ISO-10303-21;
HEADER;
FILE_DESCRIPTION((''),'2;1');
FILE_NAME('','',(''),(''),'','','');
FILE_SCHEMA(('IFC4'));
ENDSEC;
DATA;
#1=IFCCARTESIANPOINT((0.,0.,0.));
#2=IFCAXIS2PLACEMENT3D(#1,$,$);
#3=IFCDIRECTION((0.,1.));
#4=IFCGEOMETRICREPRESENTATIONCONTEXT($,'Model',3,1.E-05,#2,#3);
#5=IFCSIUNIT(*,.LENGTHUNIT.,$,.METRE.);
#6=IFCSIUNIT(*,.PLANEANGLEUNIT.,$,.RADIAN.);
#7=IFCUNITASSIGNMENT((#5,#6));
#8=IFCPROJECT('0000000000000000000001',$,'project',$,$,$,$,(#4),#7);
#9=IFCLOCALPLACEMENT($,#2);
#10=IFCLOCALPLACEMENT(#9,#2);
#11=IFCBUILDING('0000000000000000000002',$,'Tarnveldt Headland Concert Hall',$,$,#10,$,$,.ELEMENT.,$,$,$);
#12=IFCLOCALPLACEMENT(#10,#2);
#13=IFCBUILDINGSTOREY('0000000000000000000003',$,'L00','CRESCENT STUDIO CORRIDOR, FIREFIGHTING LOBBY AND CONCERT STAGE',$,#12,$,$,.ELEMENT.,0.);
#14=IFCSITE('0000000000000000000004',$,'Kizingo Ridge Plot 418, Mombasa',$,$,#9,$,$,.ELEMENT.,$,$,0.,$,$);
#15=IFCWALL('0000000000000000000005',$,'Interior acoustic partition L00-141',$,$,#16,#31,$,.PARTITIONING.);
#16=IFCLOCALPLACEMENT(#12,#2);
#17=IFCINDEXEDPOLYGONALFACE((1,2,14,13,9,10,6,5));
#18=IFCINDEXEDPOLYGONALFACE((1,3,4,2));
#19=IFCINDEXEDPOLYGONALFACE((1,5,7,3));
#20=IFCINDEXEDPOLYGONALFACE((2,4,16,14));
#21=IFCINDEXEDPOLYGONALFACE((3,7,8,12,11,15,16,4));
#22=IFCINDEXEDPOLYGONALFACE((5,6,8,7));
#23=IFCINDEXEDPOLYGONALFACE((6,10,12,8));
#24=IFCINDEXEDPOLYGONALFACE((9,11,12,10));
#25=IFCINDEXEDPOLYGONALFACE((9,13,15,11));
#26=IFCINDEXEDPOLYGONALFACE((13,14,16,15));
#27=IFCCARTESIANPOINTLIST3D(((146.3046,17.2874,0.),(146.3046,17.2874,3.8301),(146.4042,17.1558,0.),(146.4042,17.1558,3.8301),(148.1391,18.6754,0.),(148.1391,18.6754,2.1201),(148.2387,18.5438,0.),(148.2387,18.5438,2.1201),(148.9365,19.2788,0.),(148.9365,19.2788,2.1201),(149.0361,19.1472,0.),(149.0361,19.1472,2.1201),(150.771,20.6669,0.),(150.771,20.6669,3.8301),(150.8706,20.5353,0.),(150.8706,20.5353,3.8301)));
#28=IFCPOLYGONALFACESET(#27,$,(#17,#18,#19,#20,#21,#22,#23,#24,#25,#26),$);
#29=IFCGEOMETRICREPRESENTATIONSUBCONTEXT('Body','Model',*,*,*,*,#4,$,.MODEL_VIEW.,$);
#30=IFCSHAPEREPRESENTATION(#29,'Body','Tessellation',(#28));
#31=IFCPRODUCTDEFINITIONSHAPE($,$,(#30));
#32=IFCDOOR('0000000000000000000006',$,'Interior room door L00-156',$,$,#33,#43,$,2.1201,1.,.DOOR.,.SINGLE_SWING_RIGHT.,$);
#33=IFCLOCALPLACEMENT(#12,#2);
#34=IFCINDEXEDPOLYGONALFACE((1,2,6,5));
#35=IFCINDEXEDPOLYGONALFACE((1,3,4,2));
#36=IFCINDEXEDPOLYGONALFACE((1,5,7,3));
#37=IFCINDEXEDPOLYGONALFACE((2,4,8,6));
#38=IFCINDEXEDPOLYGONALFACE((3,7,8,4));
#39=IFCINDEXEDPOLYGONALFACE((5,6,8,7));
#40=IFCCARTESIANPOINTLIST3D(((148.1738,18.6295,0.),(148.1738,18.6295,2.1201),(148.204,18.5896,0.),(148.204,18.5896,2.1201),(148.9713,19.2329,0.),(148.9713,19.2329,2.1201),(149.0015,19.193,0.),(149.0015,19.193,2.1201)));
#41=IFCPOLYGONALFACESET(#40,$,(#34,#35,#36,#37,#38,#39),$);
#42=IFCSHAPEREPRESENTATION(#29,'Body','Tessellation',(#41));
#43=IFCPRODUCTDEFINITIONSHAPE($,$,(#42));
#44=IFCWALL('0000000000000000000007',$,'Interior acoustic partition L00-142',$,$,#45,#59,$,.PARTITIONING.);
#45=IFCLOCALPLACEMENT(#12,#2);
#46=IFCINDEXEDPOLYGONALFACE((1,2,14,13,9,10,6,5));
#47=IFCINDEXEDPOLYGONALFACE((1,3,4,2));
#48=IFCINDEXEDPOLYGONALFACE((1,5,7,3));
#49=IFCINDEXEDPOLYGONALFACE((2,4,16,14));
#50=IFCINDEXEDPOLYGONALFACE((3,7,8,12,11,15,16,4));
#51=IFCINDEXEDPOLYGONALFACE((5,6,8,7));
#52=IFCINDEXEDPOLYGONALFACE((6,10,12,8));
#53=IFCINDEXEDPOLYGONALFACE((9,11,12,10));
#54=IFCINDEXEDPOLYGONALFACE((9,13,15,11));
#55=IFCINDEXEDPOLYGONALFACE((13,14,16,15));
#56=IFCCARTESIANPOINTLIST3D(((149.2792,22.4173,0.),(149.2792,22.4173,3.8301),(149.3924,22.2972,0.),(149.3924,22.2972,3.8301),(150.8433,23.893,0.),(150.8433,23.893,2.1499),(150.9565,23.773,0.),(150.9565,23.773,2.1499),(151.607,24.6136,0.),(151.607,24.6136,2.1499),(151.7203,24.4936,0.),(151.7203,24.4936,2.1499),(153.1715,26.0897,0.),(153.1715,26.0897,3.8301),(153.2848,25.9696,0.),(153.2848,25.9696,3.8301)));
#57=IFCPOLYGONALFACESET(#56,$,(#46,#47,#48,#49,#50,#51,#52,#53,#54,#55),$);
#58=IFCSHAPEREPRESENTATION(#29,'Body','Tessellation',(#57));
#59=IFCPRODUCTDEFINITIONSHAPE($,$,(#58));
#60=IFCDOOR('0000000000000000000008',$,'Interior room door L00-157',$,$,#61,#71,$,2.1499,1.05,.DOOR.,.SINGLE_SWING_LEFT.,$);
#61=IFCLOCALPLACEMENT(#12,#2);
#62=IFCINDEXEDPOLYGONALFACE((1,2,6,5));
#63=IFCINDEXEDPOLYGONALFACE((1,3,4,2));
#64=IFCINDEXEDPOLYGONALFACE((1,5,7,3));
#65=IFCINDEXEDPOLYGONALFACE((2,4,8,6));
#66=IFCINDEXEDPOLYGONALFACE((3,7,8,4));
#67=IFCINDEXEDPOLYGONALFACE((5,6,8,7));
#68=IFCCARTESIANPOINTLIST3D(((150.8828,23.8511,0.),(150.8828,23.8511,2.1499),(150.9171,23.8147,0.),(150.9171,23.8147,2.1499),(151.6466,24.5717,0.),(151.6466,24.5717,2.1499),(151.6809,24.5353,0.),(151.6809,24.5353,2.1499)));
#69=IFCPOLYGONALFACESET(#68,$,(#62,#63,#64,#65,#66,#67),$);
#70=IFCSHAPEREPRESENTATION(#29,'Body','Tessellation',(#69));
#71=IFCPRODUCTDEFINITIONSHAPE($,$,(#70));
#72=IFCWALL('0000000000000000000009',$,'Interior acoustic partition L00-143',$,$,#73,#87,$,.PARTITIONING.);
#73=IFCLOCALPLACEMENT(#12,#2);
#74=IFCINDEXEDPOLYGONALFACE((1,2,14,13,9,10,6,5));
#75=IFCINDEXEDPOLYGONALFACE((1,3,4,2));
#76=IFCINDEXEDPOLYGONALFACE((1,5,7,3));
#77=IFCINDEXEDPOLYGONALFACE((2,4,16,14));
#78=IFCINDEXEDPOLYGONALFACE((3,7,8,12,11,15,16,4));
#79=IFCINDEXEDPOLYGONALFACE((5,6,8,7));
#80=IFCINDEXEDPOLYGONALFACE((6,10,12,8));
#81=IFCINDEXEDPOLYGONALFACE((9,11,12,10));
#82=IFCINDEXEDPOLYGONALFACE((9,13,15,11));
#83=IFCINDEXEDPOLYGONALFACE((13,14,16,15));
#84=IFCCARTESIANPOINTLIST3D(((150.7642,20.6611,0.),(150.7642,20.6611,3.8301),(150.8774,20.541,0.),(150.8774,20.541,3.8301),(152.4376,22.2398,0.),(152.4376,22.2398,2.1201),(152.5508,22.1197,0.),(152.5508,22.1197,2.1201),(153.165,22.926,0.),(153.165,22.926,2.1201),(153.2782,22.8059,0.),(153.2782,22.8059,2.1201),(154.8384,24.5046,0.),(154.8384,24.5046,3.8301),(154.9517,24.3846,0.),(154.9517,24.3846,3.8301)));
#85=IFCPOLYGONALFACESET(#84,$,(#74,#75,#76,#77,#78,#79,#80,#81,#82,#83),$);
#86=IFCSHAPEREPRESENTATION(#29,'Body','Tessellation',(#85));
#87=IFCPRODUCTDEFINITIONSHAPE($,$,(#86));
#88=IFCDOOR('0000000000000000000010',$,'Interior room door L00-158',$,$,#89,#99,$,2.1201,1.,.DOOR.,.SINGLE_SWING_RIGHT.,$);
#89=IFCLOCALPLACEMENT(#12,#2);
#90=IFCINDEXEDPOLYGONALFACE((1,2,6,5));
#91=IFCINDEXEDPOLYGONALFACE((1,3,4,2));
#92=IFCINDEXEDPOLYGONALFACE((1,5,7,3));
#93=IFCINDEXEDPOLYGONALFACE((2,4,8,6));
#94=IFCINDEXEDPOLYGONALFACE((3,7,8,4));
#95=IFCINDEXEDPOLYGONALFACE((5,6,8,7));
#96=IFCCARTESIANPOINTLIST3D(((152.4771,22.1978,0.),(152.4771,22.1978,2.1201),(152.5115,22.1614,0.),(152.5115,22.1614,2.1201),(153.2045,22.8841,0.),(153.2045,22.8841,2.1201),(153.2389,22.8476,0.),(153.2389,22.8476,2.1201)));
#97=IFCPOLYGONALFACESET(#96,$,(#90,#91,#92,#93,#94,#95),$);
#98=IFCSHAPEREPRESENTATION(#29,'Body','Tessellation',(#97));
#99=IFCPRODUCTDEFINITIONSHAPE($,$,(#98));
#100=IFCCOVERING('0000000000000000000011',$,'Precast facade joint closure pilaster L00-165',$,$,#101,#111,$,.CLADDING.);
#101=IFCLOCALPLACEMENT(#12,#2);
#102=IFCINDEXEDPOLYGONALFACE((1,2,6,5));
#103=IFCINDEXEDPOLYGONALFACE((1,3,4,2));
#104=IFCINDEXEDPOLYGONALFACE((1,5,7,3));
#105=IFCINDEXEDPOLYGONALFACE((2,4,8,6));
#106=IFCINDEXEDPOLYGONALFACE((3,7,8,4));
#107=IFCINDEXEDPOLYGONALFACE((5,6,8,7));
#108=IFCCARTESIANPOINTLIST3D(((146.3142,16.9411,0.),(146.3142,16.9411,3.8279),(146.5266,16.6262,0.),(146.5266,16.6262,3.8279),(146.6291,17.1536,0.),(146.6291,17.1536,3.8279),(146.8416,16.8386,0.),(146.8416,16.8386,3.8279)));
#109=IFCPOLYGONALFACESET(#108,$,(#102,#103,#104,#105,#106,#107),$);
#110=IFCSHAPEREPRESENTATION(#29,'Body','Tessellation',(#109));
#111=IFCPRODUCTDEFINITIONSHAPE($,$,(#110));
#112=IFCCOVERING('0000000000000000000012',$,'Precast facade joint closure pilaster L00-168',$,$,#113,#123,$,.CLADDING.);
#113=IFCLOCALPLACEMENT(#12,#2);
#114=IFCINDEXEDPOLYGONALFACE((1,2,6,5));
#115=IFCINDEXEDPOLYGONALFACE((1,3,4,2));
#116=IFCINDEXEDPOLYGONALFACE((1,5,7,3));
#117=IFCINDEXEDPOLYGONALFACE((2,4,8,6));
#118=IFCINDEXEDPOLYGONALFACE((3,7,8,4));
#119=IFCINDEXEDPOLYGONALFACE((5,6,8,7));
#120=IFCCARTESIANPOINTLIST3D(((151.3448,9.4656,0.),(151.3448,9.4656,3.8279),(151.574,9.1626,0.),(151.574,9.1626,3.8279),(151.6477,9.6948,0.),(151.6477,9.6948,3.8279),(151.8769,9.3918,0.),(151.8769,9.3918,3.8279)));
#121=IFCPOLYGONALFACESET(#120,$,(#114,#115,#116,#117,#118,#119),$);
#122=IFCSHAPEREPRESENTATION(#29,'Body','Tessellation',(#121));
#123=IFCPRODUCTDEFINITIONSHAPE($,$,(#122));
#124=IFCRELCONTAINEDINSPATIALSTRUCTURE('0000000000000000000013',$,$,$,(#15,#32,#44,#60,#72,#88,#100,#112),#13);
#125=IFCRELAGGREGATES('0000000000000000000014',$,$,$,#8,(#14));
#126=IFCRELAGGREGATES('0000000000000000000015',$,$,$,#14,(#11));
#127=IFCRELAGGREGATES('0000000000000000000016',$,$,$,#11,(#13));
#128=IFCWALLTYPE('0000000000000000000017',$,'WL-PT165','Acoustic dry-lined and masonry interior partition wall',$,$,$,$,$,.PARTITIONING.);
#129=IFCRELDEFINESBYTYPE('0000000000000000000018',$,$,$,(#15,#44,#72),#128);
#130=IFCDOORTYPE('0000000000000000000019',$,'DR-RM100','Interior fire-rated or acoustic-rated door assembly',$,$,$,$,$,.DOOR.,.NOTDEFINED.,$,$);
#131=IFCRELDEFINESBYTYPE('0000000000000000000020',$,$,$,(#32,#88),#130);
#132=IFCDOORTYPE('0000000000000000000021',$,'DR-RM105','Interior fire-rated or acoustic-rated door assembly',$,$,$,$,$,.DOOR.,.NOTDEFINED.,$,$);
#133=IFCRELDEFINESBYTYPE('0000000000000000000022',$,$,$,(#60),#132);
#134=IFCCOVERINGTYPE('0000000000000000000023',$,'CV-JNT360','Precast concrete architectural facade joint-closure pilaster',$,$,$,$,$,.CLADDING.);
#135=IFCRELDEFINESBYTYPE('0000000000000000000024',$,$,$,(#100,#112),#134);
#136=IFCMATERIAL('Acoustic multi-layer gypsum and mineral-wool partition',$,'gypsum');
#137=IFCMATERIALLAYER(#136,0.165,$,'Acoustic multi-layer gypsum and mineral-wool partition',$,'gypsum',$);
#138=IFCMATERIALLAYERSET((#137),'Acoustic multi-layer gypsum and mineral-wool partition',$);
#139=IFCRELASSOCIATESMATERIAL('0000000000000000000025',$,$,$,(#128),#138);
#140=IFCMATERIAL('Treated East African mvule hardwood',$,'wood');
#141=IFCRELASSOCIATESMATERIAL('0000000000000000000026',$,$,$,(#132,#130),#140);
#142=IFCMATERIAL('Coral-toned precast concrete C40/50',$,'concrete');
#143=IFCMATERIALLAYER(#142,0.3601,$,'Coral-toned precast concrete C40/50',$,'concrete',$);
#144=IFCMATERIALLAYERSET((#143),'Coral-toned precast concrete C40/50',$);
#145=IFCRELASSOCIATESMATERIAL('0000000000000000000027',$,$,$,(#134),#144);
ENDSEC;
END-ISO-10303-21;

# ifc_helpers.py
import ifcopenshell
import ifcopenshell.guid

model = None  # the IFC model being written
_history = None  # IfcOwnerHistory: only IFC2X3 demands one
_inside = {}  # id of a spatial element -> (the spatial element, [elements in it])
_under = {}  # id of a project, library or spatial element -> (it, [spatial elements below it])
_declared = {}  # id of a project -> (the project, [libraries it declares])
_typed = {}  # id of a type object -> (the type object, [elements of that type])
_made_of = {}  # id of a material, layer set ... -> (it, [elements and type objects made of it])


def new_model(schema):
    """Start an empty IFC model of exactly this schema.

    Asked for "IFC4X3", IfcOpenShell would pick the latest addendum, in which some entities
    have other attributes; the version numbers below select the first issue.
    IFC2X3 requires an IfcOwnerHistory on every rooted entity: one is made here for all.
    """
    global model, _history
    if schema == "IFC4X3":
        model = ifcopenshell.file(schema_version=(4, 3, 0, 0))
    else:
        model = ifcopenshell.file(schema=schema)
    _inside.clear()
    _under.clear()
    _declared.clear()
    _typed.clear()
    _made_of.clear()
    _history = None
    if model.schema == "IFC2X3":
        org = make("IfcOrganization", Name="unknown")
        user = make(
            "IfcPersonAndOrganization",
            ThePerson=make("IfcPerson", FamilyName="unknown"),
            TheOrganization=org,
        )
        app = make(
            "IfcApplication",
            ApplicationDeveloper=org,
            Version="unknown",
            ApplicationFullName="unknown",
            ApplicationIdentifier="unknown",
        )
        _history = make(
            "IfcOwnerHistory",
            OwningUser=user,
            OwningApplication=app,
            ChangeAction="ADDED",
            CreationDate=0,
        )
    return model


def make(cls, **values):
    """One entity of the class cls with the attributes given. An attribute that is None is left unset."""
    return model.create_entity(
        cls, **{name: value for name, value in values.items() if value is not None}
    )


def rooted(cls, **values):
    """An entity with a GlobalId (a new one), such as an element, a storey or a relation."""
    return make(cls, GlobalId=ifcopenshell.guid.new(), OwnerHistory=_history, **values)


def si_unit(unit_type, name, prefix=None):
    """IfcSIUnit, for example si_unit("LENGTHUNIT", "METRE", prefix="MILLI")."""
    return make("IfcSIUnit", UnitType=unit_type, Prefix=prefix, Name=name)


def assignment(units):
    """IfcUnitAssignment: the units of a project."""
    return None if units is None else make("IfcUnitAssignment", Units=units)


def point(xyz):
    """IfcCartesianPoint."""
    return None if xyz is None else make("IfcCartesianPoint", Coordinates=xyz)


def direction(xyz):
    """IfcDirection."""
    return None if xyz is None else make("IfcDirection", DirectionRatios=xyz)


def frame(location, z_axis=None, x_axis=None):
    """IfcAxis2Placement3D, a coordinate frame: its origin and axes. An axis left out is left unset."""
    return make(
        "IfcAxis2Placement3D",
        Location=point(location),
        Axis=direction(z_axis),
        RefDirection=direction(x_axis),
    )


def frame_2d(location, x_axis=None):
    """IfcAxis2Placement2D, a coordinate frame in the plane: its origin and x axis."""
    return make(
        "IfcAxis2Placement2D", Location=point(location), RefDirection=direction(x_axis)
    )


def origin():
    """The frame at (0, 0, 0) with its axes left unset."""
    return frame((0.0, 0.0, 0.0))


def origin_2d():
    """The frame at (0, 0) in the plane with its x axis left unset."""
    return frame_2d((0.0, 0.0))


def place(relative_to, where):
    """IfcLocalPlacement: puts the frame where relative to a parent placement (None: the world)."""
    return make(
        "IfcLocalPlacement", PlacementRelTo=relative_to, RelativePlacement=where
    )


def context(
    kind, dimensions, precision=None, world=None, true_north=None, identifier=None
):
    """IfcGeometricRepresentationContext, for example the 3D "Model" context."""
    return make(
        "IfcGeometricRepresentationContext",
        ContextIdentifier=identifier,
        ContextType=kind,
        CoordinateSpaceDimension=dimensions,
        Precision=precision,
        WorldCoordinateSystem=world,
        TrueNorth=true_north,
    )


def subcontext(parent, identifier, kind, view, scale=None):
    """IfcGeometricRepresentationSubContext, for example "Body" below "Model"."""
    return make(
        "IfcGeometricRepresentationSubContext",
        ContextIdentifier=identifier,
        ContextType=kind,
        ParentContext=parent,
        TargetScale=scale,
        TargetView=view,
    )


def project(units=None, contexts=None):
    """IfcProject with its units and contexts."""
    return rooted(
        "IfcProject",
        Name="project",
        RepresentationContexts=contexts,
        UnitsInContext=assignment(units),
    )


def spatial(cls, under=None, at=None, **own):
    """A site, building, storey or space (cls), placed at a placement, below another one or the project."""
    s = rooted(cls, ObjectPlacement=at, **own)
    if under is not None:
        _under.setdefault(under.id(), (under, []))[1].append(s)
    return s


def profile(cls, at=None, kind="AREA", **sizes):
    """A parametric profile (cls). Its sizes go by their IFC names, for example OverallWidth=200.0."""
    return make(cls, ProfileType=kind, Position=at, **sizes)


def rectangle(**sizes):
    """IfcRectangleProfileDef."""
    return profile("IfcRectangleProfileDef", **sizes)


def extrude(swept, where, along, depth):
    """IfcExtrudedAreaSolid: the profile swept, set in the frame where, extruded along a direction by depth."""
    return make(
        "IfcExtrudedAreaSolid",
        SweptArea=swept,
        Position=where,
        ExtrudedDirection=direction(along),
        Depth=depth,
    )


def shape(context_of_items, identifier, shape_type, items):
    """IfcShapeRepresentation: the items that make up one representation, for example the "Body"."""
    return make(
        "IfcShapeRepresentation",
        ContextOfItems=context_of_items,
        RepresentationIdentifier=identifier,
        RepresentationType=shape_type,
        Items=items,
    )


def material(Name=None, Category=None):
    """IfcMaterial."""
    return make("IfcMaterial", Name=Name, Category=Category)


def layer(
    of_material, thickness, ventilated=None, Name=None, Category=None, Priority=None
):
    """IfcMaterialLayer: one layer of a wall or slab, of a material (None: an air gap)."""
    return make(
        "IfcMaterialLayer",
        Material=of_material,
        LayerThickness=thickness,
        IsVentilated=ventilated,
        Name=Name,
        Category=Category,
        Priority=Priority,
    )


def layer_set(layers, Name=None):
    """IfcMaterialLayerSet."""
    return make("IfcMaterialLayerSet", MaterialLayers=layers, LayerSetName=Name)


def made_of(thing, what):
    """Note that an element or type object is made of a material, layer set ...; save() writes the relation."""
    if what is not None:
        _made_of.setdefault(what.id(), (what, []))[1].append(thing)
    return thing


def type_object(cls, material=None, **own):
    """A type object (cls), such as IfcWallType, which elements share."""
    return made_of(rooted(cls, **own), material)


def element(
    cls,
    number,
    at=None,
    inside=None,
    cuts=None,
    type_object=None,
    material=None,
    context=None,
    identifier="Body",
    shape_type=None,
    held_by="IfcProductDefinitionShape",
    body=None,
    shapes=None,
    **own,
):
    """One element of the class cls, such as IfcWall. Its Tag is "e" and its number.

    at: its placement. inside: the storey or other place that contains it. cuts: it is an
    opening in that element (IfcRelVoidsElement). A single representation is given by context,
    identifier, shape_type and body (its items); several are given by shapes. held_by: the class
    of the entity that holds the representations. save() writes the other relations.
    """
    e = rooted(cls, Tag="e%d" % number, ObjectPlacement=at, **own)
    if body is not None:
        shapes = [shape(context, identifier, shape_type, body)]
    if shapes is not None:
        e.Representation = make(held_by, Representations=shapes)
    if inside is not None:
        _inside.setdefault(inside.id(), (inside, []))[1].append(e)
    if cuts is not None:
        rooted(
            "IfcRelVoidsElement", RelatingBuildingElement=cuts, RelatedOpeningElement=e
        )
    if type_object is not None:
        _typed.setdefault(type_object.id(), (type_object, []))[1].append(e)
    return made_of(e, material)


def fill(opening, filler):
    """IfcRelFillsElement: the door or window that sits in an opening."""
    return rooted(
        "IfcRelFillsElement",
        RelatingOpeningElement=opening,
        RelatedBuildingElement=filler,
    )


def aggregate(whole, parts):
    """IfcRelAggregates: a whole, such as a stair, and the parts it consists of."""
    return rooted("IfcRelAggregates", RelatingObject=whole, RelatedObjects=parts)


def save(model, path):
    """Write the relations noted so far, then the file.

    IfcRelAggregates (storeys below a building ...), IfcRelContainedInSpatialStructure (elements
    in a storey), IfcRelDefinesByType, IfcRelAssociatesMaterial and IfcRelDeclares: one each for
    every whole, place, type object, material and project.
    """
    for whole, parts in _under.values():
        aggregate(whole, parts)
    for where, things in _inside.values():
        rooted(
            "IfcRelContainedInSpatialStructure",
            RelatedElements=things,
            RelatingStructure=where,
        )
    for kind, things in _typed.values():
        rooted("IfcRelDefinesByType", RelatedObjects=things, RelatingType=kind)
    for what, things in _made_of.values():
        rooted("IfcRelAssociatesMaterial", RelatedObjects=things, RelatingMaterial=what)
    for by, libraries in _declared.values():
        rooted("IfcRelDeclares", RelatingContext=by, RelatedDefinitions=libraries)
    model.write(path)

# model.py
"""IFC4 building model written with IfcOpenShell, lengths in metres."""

from ifc_helpers import new_model, si_unit, direction, frame, frame_2d, origin, origin_2d, place, context, subcontext, project, spatial, rectangle, extrude, material, layer, layer_set, type_object, element, fill, save


model = new_model("IFC4")

# Units and contexts
model_context = context("Model", 3, precision=1e-05, world=origin(), true_north=direction((0.0, 1.0)))
body_context = subcontext(model_context, "Body", "Model", "MODEL_VIEW")
ifc_project = project(units=[si_unit("LENGTHUNIT", "METRE"), si_unit("PLANEANGLEUNIT", "RADIAN")], contexts=[model_context])

# Site, building, storey
site_placement = place(None, origin())
site = spatial("IfcSite", under=ifc_project, at=site_placement, Name="Kizingo Ridge Plot 418, Mombasa", CompositionType="ELEMENT", RefElevation=0.0)
building_placement = place(site_placement, origin())
building = spatial("IfcBuilding", under=site, at=building_placement, Name="Tarnveldt Headland Concert Hall", CompositionType="ELEMENT")
storey_placement = place(building_placement, origin())
storey = spatial("IfcBuildingStorey", under=building, at=storey_placement, Name="L00", Description="CRESCENT STUDIO CORRIDOR, FIREFIGHTING LOBBY AND CONCERT STAGE", CompositionType="ELEMENT", Elevation=0.0)

# Shared definitions
ifc_material_1 = material(Name="Coral-toned precast concrete C40/50", Category="concrete")

# Walls, openings, doors
ifc_material_2 = material(Name="Acoustic multi-layer gypsum and mineral-wool partition", Category="gypsum")
ifc_layer_1 = layer(ifc_material_2, 0.165, Name="Acoustic multi-layer gypsum and mineral-wool partition", Category="gypsum")
ifc_layer_set_1 = layer_set([ifc_layer_1], Name="Acoustic multi-layer gypsum and mineral-wool partition")
wall_type_1 = type_object("IfcWallType", Name="WL-PT165", Description="Acoustic dry-lined and masonry interior partition wall", PredefinedType="PARTITIONING", material=ifc_layer_set_1)
ifc_material_3 = material(Name="Treated East African mvule hardwood", Category="wood")
door_type_1 = type_object("IfcDoorType", Name="DR-RM105", Description="Interior fire-rated or acoustic-rated door assembly", OperationType="NOTDEFINED", PredefinedType="DOOR", material=ifc_material_3)
wall_1_placement = place(storey_placement, frame((146.3545, 17.2217, 0.0), z_axis=(0.0, 0.0, 1.0), x_axis=(0.797451, 0.603384, 0.0)))
wall_1 = element("IfcWall", 1, at=wall_1_placement, inside=storey, type_object=wall_type_1, Name="Interior acoustic partition L00-141", PredefinedType="PARTITIONING", context=body_context, shape_type="SweptSolid", body=[
    extrude(rectangle(XDim=5.6008, YDim=0.165, at=frame_2d((2.8003, 0.0))), origin(), (0.0, 0.0, 1.0), 3.8301),
])
opening_1_placement = place(wall_1_placement, frame((2.3003, 0.0, 0.0)))
opening_1 = element("IfcOpeningElement", 2, at=opening_1_placement, cuts=wall_1, PredefinedType="OPENING", context=body_context, shape_type="SweptSolid", body=[
    extrude(rectangle(XDim=1.0, YDim=2.1201, at=frame_2d((0.5, 1.0601))), frame((0.0, 0.0925, 0.0), z_axis=(0.0, -1.0, 0.0), x_axis=(1.0, 0.0, 0.0)), (0.0, 0.0, 1.0), 0.1851),
])
door_type_2 = type_object("IfcDoorType", Name="DR-RM100", Description="Interior fire-rated or acoustic-rated door assembly", OperationType="NOTDEFINED", PredefinedType="DOOR", material=ifc_material_3)
door_1_placement = place(opening_1_placement, origin())
door_1 = element("IfcDoor", 3, at=door_1_placement, inside=storey, type_object=door_type_2, Name="Interior room door L00-156", OperationType="SINGLE_SWING_RIGHT", OverallHeight=2.1201, OverallWidth=1.0, PredefinedType="DOOR", context=body_context, shape_type="SweptSolid", body=[
    extrude(rectangle(XDim=1.0, YDim=2.1201, at=frame_2d((0.5, 1.0601))), frame((0.0, 0.0249, 0.0), z_axis=(0.0, -1.0, 0.0), x_axis=(1.0, 0.0, 0.0)), (0.0, 0.0, 1.0), 0.05),
])
fill(opening_1, door_1)
wall_2_placement = place(storey_placement, frame((149.3357, 22.3572, 0.0), z_axis=(0.0, 0.0, 1.0), x_axis=(0.727361, 0.686255, 0.0)))
wall_2 = element("IfcWall", 4, at=wall_2_placement, inside=storey, type_object=wall_type_1, Name="Interior acoustic partition L00-142", PredefinedType="PARTITIONING", context=body_context, shape_type="SweptSolid", body=[
    extrude(rectangle(XDim=5.3513, YDim=0.165, at=frame_2d((2.6758, 0.0))), origin(), (0.0, 0.0, 1.0), 3.8301),
])
opening_2_placement = place(wall_2_placement, frame((2.1506, 0.0, 0.0)))
opening_2 = element("IfcOpeningElement", 5, at=opening_2_placement, cuts=wall_2, PredefinedType="OPENING", context=body_context, shape_type="SweptSolid", body=[
    extrude(rectangle(XDim=1.05, YDim=2.1499, at=frame_2d((0.5249, 1.075))), frame((0.0, 0.0925, 0.0), z_axis=(0.0, -1.0, 0.0), x_axis=(1.0, 0.0, 0.0)), (0.0, 0.0, 1.0), 0.1851),
])
door_2_placement = place(opening_2_placement, origin())
door_2 = element("IfcDoor", 6, at=door_2_placement, inside=storey, type_object=door_type_1, Name="Interior room door L00-157", OperationType="SINGLE_SWING_LEFT", OverallHeight=2.1499, OverallWidth=1.05, PredefinedType="DOOR", context=body_context, shape_type="SweptSolid", body=[
    extrude(rectangle(XDim=1.05, YDim=2.1499, at=frame_2d((0.5249, 1.075))), frame((0.0, 0.0249, 0.0), z_axis=(0.0, -1.0, 0.0), x_axis=(1.0, 0.0, 0.0)), (0.0, 0.0, 1.0), 0.05),
])
fill(opening_2, door_2)
wall_3_placement = place(storey_placement, frame((150.8208, 20.6011, 0.0), z_axis=(0.0, 0.0, 1.0), x_axis=(0.727402, 0.686211, 0.0)))
wall_3 = element("IfcWall", 7, at=wall_3_placement, inside=storey, type_object=wall_type_1, Name="Interior acoustic partition L00-143", PredefinedType="PARTITIONING", context=body_context, shape_type="SweptSolid", body=[
    extrude(rectangle(XDim=5.6011, YDim=0.165, at=frame_2d((2.8005, 0.0))), origin(), (0.0, 0.0, 1.0), 3.8301),
])
opening_3_placement = place(wall_3_placement, frame((2.3005, 0.0, 0.0)))
opening_3 = element("IfcOpeningElement", 8, at=opening_3_placement, cuts=wall_3, PredefinedType="OPENING", context=body_context, shape_type="SweptSolid", body=[
    extrude(rectangle(XDim=1.0, YDim=2.1201, at=frame_2d((0.5, 1.0601))), frame((0.0, 0.0925, 0.0), z_axis=(0.0, -1.0, 0.0), x_axis=(1.0, 0.0, 0.0)), (0.0, 0.0, 1.0), 0.1851),
])
door_3_placement = place(opening_3_placement, origin())
door_3 = element("IfcDoor", 9, at=door_3_placement, inside=storey, type_object=door_type_2, Name="Interior room door L00-158", OperationType="SINGLE_SWING_RIGHT", OverallHeight=2.1201, OverallWidth=1.0, PredefinedType="DOOR", context=body_context, shape_type="SweptSolid", body=[
    extrude(rectangle(XDim=1.0, YDim=2.1201, at=frame_2d((0.5, 1.0601))), frame((0.0, 0.0249, 0.0), z_axis=(0.0, -1.0, 0.0), x_axis=(1.0, 0.0, 0.0)), (0.0, 0.0, 1.0), 0.05),
])
fill(opening_3, door_3)

# Coverings
ifc_layer_2 = layer(ifc_material_1, 0.3601, Name="Coral-toned precast concrete C40/50", Category="concrete")
ifc_layer_set_2 = layer_set([ifc_layer_2], Name="Coral-toned precast concrete C40/50")
covering_type = type_object("IfcCoveringType", Name="CV-JNT360", Description="Precast concrete architectural facade joint-closure pilaster", PredefinedType="CLADDING", material=ifc_layer_set_2)
for number, where, z_axis, x_axis, name in (
    (10, (146.5779, 16.8899, 0.0), (0.0, 0.0, 1.0), (-0.559193, 0.829038, 0.0), "Precast facade joint closure pilaster L00-165"),
    (11, (151.6108, 9.4287, 0.0), (0.0, 0.0, 1.0), (-0.797479, -0.603347, 0.0), "Precast facade joint closure pilaster L00-168"),
):
    element("IfcCovering", number, at=place(storey_placement, frame(where, z_axis=z_axis, x_axis=x_axis)), inside=storey, type_object=covering_type, Name=name, PredefinedType="CLADDING", context=body_context, shape_type="SweptSolid", body=[
        extrude(rectangle(XDim=0.3799, YDim=0.3799, at=origin_2d()), origin(), (0.0, 0.0, 1.0), 3.8279),
    ])

save(model, "model.ifc")
